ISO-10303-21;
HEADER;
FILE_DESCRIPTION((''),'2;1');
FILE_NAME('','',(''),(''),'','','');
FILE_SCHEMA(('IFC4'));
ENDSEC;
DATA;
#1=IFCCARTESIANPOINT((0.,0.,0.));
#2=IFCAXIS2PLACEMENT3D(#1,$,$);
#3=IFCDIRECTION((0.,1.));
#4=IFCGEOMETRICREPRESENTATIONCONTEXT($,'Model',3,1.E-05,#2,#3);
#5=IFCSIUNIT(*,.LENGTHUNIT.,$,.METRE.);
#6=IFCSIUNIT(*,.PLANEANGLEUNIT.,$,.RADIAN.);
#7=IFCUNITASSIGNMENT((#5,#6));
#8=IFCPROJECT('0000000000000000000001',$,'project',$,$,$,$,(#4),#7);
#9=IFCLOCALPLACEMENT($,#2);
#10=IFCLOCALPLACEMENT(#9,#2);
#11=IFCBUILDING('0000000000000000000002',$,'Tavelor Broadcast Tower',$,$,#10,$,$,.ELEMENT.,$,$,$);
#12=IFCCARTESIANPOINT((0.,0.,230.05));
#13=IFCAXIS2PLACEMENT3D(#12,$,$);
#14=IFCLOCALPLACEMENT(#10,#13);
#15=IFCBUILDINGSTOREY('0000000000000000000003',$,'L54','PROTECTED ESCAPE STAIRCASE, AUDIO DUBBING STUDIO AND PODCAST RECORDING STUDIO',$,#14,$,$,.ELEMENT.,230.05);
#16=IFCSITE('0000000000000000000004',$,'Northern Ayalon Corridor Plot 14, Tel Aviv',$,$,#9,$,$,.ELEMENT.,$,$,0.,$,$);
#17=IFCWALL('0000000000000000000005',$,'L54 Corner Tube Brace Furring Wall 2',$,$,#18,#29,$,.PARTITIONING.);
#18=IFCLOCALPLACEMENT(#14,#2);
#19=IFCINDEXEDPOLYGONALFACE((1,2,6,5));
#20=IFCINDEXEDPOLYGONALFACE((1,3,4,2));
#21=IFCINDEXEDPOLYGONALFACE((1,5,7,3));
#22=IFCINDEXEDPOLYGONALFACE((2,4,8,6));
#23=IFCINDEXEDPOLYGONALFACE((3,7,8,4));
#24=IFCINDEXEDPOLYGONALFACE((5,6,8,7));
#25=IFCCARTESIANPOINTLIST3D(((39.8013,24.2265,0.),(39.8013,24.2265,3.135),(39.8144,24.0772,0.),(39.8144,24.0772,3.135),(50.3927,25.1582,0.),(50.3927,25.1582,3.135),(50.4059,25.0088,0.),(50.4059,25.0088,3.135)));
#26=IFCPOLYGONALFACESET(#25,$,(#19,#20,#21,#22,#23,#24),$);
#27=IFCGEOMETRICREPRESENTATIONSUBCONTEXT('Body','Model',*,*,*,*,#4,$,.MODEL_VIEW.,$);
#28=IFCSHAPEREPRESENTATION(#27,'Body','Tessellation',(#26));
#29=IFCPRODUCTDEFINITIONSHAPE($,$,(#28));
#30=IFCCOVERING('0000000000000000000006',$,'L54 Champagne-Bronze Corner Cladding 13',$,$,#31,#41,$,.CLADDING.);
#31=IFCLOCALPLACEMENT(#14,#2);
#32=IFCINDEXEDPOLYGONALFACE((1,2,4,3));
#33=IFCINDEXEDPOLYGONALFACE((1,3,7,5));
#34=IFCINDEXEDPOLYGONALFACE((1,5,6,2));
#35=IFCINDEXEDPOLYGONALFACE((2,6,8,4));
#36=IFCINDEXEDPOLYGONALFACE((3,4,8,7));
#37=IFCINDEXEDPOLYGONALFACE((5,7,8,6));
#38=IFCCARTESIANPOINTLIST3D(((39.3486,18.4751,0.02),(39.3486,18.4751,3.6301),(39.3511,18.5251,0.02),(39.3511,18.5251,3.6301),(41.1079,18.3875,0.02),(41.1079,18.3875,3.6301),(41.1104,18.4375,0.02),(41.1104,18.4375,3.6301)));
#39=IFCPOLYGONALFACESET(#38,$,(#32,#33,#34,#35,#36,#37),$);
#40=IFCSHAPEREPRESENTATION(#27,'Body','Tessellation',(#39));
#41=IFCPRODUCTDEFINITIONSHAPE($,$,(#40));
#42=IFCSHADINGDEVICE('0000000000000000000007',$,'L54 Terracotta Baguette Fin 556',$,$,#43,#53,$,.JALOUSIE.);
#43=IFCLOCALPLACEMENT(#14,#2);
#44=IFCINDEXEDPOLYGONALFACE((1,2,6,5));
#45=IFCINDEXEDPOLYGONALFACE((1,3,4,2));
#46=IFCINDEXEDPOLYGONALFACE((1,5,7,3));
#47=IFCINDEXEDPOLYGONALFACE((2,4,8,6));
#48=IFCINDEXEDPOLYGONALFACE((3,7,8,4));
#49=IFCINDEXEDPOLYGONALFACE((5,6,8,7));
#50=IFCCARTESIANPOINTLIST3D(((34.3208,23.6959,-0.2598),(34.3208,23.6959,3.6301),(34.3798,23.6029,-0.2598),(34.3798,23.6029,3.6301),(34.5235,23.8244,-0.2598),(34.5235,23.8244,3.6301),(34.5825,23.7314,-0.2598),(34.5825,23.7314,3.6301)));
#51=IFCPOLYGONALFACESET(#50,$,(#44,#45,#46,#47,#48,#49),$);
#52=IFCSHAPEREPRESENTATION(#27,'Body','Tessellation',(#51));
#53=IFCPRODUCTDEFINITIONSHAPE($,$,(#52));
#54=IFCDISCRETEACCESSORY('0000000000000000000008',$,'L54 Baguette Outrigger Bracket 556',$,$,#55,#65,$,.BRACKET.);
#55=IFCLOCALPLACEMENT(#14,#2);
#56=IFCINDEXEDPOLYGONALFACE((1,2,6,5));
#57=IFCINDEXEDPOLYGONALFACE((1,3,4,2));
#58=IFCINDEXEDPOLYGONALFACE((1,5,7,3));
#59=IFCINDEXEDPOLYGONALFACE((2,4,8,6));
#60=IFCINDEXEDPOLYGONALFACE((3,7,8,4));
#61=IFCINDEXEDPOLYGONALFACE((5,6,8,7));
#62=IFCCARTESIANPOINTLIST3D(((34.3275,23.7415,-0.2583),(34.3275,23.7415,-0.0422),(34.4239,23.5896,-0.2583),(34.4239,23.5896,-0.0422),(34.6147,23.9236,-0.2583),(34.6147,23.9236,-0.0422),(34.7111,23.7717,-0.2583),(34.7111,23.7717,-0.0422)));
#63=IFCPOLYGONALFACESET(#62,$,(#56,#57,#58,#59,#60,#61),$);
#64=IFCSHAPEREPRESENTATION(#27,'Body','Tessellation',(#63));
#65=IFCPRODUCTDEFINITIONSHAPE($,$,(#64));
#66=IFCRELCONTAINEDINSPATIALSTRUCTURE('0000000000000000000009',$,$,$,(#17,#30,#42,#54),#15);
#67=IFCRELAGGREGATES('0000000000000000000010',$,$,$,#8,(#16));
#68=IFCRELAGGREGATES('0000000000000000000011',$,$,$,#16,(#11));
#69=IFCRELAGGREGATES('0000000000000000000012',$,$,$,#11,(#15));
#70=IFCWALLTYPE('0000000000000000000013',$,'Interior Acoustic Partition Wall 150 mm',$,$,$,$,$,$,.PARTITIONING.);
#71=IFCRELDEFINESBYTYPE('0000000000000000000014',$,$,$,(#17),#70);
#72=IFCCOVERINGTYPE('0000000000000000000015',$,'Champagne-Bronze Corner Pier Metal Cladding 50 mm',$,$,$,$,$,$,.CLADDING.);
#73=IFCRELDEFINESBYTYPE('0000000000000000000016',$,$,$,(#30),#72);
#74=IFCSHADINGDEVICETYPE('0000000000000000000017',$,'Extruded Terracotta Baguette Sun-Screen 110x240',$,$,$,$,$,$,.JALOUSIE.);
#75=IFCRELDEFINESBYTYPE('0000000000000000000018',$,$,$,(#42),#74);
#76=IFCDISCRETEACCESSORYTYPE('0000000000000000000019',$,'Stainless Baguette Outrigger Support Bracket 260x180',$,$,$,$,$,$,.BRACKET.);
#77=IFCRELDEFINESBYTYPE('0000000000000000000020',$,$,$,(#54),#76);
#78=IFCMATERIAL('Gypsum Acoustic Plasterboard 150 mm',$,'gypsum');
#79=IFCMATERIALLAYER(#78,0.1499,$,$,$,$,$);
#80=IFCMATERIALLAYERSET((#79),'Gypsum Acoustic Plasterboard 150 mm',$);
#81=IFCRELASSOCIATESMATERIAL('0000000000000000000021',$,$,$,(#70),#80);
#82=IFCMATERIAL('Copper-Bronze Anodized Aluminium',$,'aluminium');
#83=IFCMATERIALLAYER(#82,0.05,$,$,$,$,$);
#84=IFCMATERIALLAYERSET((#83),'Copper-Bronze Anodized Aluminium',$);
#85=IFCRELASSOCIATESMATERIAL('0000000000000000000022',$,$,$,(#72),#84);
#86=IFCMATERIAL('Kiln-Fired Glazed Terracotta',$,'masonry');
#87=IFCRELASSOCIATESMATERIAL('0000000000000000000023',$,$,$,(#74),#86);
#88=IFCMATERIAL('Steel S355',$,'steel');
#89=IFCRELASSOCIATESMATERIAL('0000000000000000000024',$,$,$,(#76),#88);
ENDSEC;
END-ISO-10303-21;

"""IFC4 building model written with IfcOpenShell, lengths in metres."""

from ifc_helpers import new_model, si_unit, direction, frame, frame_2d, origin, origin_2d, place, context, subcontext, project, spatial, rectangle, extrude, source, transform, mapped, material, layer, layer_set, type_object, type_shapes, element, save


model = new_model("IFC4")

# Units and contexts
model_context = context("Model", 3, precision=1e-05, world=origin(), true_north=direction((0.0, 1.0)))
body_context = subcontext(model_context, "Body", "Model", "MODEL_VIEW")
ifc_project = project(units=[si_unit("LENGTHUNIT", "METRE"), si_unit("PLANEANGLEUNIT", "RADIAN")], contexts=[model_context])

# Site, building, storey
site_placement = place(None, origin())
site = spatial("IfcSite", under=ifc_project, at=site_placement, Name="Northern Ayalon Corridor Plot 14, Tel Aviv", CompositionType="ELEMENT", RefElevation=0.0)
building_placement = place(site_placement, origin())
building = spatial("IfcBuilding", under=site, at=building_placement, Name="Tavelor Broadcast Tower", CompositionType="ELEMENT")
storey_placement = place(building_placement, frame((0.0, 0.0, 230.05)))
storey = spatial("IfcBuildingStorey", under=building, at=storey_placement, Name="L54", Description="PROTECTED ESCAPE STAIRCASE, AUDIO DUBBING STUDIO AND PODCAST RECORDING STUDIO", CompositionType="ELEMENT", Elevation=230.05)

# Shared definitions
ifc_material_1 = material(Name="Steel S355", Category="steel")

# Wall
ifc_material_2 = material(Name="Gypsum Acoustic Plasterboard 150 mm", Category="gypsum")
ifc_layer_1 = layer(ifc_material_2, 0.1499)
ifc_layer_set_1 = layer_set([ifc_layer_1], Name="Gypsum Acoustic Plasterboard 150 mm")
wall_type_1 = type_object("IfcWallType", Name="Interior Acoustic Partition Wall 150 mm", PredefinedType="PARTITIONING", material=ifc_layer_set_1)
wall_1_placement = place(storey_placement, frame((39.8079, 24.1519, 0.0), z_axis=(0.0, 0.0, 1.0), x_axis=(0.996154, 0.087624, 0.0)))
element("IfcWall", 1, at=wall_1_placement, inside=storey, type_object=wall_type_1, Name="L54 Corner Tube Brace Furring Wall 2", PredefinedType="PARTITIONING", context=body_context, shape_type="SweptSolid", body=[
    extrude(rectangle(XDim=10.6323, YDim=0.1499, at=frame_2d((5.3162, 0.0))), origin(), (0.0, 0.0, 1.0), 3.135),
])

# Covering
ifc_material_3 = material(Name="Copper-Bronze Anodized Aluminium", Category="aluminium")
ifc_layer_2 = layer(ifc_material_3, 0.05)
ifc_layer_set_2 = layer_set([ifc_layer_2], Name="Copper-Bronze Anodized Aluminium")
covering_type = type_object("IfcCoveringType", Name="Champagne-Bronze Corner Pier Metal Cladding 50 mm", PredefinedType="CLADDING", material=ifc_layer_set_2)
covering_placement = place(storey_placement, frame((40.2295, 18.4563, 0.02), z_axis=(0.0, 0.0, 1.0), x_axis=(0.998763, -0.049721, 0.0)))
element("IfcCovering", 2, at=covering_placement, inside=storey, type_object=covering_type, Name="L54 Champagne-Bronze Corner Cladding 13", PredefinedType="CLADDING", context=body_context, shape_type="SweptSolid", body=[
    extrude(rectangle(XDim=1.7615, YDim=0.05, at=origin_2d()), origin(), (0.0, 0.0, 1.0), 3.6101),
])

# Shading device
ifc_material_4 = material(Name="Kiln-Fired Glazed Terracotta", Category="masonry")
shading_device_type = type_object("IfcShadingDeviceType", Name="Extruded Terracotta Baguette Sun-Screen 110x240", PredefinedType="JALOUSIE", material=ifc_material_4)
shared_shape_1 = source(origin(), body_context, "Body", "SweptSolid", [
    extrude(rectangle(XDim=0.1101, YDim=0.24, at=origin_2d()), origin(), (0.0, 0.0, 1.0), 3.8899),
])
type_shapes(shading_device_type, [shared_shape_1])
shading_device_placement = place(storey_placement, frame((34.4517, 23.7136, -0.2598), z_axis=(0.0, 0.0, 1.0), x_axis=(0.535532, -0.844515, 0.0)))
element("IfcShadingDevice", 3, at=shading_device_placement, inside=storey, type_object=shading_device_type, Name="L54 Terracotta Baguette Fin 556", PredefinedType="JALOUSIE", context=body_context, shape_type="MappedRepresentation", body=[
    mapped(shared_shape_1, transform((0.0, 0.0, 0.0), scale=1.0)),
])

# Discrete accessory
discrete_accessory_type = type_object("IfcDiscreteAccessoryType", Name="Stainless Baguette Outrigger Support Bracket 260x180", PredefinedType="BRACKET", material=ifc_material_1)
shared_shape_2 = source(origin(), body_context, "Body", "SweptSolid", [
    extrude(rectangle(XDim=0.1799, YDim=0.3401, at=origin_2d()), origin(), (0.0, 0.0, 1.0), 0.2161),
])
type_shapes(discrete_accessory_type, [shared_shape_2])
discrete_accessory_placement = place(storey_placement, frame((34.5193, 23.7566, -0.2583), z_axis=(0.0, 0.0, 1.0), x_axis=(0.535532, -0.844515, 0.0)))
element("IfcDiscreteAccessory", 4, at=discrete_accessory_placement, inside=storey, type_object=discrete_accessory_type, Name="L54 Baguette Outrigger Bracket 556", PredefinedType="BRACKET", context=body_context, shape_type="MappedRepresentation", body=[
    mapped(shared_shape_2, transform((0.0, 0.0, 0.0), scale=1.0)),
])

save(model, "model.ifc")
